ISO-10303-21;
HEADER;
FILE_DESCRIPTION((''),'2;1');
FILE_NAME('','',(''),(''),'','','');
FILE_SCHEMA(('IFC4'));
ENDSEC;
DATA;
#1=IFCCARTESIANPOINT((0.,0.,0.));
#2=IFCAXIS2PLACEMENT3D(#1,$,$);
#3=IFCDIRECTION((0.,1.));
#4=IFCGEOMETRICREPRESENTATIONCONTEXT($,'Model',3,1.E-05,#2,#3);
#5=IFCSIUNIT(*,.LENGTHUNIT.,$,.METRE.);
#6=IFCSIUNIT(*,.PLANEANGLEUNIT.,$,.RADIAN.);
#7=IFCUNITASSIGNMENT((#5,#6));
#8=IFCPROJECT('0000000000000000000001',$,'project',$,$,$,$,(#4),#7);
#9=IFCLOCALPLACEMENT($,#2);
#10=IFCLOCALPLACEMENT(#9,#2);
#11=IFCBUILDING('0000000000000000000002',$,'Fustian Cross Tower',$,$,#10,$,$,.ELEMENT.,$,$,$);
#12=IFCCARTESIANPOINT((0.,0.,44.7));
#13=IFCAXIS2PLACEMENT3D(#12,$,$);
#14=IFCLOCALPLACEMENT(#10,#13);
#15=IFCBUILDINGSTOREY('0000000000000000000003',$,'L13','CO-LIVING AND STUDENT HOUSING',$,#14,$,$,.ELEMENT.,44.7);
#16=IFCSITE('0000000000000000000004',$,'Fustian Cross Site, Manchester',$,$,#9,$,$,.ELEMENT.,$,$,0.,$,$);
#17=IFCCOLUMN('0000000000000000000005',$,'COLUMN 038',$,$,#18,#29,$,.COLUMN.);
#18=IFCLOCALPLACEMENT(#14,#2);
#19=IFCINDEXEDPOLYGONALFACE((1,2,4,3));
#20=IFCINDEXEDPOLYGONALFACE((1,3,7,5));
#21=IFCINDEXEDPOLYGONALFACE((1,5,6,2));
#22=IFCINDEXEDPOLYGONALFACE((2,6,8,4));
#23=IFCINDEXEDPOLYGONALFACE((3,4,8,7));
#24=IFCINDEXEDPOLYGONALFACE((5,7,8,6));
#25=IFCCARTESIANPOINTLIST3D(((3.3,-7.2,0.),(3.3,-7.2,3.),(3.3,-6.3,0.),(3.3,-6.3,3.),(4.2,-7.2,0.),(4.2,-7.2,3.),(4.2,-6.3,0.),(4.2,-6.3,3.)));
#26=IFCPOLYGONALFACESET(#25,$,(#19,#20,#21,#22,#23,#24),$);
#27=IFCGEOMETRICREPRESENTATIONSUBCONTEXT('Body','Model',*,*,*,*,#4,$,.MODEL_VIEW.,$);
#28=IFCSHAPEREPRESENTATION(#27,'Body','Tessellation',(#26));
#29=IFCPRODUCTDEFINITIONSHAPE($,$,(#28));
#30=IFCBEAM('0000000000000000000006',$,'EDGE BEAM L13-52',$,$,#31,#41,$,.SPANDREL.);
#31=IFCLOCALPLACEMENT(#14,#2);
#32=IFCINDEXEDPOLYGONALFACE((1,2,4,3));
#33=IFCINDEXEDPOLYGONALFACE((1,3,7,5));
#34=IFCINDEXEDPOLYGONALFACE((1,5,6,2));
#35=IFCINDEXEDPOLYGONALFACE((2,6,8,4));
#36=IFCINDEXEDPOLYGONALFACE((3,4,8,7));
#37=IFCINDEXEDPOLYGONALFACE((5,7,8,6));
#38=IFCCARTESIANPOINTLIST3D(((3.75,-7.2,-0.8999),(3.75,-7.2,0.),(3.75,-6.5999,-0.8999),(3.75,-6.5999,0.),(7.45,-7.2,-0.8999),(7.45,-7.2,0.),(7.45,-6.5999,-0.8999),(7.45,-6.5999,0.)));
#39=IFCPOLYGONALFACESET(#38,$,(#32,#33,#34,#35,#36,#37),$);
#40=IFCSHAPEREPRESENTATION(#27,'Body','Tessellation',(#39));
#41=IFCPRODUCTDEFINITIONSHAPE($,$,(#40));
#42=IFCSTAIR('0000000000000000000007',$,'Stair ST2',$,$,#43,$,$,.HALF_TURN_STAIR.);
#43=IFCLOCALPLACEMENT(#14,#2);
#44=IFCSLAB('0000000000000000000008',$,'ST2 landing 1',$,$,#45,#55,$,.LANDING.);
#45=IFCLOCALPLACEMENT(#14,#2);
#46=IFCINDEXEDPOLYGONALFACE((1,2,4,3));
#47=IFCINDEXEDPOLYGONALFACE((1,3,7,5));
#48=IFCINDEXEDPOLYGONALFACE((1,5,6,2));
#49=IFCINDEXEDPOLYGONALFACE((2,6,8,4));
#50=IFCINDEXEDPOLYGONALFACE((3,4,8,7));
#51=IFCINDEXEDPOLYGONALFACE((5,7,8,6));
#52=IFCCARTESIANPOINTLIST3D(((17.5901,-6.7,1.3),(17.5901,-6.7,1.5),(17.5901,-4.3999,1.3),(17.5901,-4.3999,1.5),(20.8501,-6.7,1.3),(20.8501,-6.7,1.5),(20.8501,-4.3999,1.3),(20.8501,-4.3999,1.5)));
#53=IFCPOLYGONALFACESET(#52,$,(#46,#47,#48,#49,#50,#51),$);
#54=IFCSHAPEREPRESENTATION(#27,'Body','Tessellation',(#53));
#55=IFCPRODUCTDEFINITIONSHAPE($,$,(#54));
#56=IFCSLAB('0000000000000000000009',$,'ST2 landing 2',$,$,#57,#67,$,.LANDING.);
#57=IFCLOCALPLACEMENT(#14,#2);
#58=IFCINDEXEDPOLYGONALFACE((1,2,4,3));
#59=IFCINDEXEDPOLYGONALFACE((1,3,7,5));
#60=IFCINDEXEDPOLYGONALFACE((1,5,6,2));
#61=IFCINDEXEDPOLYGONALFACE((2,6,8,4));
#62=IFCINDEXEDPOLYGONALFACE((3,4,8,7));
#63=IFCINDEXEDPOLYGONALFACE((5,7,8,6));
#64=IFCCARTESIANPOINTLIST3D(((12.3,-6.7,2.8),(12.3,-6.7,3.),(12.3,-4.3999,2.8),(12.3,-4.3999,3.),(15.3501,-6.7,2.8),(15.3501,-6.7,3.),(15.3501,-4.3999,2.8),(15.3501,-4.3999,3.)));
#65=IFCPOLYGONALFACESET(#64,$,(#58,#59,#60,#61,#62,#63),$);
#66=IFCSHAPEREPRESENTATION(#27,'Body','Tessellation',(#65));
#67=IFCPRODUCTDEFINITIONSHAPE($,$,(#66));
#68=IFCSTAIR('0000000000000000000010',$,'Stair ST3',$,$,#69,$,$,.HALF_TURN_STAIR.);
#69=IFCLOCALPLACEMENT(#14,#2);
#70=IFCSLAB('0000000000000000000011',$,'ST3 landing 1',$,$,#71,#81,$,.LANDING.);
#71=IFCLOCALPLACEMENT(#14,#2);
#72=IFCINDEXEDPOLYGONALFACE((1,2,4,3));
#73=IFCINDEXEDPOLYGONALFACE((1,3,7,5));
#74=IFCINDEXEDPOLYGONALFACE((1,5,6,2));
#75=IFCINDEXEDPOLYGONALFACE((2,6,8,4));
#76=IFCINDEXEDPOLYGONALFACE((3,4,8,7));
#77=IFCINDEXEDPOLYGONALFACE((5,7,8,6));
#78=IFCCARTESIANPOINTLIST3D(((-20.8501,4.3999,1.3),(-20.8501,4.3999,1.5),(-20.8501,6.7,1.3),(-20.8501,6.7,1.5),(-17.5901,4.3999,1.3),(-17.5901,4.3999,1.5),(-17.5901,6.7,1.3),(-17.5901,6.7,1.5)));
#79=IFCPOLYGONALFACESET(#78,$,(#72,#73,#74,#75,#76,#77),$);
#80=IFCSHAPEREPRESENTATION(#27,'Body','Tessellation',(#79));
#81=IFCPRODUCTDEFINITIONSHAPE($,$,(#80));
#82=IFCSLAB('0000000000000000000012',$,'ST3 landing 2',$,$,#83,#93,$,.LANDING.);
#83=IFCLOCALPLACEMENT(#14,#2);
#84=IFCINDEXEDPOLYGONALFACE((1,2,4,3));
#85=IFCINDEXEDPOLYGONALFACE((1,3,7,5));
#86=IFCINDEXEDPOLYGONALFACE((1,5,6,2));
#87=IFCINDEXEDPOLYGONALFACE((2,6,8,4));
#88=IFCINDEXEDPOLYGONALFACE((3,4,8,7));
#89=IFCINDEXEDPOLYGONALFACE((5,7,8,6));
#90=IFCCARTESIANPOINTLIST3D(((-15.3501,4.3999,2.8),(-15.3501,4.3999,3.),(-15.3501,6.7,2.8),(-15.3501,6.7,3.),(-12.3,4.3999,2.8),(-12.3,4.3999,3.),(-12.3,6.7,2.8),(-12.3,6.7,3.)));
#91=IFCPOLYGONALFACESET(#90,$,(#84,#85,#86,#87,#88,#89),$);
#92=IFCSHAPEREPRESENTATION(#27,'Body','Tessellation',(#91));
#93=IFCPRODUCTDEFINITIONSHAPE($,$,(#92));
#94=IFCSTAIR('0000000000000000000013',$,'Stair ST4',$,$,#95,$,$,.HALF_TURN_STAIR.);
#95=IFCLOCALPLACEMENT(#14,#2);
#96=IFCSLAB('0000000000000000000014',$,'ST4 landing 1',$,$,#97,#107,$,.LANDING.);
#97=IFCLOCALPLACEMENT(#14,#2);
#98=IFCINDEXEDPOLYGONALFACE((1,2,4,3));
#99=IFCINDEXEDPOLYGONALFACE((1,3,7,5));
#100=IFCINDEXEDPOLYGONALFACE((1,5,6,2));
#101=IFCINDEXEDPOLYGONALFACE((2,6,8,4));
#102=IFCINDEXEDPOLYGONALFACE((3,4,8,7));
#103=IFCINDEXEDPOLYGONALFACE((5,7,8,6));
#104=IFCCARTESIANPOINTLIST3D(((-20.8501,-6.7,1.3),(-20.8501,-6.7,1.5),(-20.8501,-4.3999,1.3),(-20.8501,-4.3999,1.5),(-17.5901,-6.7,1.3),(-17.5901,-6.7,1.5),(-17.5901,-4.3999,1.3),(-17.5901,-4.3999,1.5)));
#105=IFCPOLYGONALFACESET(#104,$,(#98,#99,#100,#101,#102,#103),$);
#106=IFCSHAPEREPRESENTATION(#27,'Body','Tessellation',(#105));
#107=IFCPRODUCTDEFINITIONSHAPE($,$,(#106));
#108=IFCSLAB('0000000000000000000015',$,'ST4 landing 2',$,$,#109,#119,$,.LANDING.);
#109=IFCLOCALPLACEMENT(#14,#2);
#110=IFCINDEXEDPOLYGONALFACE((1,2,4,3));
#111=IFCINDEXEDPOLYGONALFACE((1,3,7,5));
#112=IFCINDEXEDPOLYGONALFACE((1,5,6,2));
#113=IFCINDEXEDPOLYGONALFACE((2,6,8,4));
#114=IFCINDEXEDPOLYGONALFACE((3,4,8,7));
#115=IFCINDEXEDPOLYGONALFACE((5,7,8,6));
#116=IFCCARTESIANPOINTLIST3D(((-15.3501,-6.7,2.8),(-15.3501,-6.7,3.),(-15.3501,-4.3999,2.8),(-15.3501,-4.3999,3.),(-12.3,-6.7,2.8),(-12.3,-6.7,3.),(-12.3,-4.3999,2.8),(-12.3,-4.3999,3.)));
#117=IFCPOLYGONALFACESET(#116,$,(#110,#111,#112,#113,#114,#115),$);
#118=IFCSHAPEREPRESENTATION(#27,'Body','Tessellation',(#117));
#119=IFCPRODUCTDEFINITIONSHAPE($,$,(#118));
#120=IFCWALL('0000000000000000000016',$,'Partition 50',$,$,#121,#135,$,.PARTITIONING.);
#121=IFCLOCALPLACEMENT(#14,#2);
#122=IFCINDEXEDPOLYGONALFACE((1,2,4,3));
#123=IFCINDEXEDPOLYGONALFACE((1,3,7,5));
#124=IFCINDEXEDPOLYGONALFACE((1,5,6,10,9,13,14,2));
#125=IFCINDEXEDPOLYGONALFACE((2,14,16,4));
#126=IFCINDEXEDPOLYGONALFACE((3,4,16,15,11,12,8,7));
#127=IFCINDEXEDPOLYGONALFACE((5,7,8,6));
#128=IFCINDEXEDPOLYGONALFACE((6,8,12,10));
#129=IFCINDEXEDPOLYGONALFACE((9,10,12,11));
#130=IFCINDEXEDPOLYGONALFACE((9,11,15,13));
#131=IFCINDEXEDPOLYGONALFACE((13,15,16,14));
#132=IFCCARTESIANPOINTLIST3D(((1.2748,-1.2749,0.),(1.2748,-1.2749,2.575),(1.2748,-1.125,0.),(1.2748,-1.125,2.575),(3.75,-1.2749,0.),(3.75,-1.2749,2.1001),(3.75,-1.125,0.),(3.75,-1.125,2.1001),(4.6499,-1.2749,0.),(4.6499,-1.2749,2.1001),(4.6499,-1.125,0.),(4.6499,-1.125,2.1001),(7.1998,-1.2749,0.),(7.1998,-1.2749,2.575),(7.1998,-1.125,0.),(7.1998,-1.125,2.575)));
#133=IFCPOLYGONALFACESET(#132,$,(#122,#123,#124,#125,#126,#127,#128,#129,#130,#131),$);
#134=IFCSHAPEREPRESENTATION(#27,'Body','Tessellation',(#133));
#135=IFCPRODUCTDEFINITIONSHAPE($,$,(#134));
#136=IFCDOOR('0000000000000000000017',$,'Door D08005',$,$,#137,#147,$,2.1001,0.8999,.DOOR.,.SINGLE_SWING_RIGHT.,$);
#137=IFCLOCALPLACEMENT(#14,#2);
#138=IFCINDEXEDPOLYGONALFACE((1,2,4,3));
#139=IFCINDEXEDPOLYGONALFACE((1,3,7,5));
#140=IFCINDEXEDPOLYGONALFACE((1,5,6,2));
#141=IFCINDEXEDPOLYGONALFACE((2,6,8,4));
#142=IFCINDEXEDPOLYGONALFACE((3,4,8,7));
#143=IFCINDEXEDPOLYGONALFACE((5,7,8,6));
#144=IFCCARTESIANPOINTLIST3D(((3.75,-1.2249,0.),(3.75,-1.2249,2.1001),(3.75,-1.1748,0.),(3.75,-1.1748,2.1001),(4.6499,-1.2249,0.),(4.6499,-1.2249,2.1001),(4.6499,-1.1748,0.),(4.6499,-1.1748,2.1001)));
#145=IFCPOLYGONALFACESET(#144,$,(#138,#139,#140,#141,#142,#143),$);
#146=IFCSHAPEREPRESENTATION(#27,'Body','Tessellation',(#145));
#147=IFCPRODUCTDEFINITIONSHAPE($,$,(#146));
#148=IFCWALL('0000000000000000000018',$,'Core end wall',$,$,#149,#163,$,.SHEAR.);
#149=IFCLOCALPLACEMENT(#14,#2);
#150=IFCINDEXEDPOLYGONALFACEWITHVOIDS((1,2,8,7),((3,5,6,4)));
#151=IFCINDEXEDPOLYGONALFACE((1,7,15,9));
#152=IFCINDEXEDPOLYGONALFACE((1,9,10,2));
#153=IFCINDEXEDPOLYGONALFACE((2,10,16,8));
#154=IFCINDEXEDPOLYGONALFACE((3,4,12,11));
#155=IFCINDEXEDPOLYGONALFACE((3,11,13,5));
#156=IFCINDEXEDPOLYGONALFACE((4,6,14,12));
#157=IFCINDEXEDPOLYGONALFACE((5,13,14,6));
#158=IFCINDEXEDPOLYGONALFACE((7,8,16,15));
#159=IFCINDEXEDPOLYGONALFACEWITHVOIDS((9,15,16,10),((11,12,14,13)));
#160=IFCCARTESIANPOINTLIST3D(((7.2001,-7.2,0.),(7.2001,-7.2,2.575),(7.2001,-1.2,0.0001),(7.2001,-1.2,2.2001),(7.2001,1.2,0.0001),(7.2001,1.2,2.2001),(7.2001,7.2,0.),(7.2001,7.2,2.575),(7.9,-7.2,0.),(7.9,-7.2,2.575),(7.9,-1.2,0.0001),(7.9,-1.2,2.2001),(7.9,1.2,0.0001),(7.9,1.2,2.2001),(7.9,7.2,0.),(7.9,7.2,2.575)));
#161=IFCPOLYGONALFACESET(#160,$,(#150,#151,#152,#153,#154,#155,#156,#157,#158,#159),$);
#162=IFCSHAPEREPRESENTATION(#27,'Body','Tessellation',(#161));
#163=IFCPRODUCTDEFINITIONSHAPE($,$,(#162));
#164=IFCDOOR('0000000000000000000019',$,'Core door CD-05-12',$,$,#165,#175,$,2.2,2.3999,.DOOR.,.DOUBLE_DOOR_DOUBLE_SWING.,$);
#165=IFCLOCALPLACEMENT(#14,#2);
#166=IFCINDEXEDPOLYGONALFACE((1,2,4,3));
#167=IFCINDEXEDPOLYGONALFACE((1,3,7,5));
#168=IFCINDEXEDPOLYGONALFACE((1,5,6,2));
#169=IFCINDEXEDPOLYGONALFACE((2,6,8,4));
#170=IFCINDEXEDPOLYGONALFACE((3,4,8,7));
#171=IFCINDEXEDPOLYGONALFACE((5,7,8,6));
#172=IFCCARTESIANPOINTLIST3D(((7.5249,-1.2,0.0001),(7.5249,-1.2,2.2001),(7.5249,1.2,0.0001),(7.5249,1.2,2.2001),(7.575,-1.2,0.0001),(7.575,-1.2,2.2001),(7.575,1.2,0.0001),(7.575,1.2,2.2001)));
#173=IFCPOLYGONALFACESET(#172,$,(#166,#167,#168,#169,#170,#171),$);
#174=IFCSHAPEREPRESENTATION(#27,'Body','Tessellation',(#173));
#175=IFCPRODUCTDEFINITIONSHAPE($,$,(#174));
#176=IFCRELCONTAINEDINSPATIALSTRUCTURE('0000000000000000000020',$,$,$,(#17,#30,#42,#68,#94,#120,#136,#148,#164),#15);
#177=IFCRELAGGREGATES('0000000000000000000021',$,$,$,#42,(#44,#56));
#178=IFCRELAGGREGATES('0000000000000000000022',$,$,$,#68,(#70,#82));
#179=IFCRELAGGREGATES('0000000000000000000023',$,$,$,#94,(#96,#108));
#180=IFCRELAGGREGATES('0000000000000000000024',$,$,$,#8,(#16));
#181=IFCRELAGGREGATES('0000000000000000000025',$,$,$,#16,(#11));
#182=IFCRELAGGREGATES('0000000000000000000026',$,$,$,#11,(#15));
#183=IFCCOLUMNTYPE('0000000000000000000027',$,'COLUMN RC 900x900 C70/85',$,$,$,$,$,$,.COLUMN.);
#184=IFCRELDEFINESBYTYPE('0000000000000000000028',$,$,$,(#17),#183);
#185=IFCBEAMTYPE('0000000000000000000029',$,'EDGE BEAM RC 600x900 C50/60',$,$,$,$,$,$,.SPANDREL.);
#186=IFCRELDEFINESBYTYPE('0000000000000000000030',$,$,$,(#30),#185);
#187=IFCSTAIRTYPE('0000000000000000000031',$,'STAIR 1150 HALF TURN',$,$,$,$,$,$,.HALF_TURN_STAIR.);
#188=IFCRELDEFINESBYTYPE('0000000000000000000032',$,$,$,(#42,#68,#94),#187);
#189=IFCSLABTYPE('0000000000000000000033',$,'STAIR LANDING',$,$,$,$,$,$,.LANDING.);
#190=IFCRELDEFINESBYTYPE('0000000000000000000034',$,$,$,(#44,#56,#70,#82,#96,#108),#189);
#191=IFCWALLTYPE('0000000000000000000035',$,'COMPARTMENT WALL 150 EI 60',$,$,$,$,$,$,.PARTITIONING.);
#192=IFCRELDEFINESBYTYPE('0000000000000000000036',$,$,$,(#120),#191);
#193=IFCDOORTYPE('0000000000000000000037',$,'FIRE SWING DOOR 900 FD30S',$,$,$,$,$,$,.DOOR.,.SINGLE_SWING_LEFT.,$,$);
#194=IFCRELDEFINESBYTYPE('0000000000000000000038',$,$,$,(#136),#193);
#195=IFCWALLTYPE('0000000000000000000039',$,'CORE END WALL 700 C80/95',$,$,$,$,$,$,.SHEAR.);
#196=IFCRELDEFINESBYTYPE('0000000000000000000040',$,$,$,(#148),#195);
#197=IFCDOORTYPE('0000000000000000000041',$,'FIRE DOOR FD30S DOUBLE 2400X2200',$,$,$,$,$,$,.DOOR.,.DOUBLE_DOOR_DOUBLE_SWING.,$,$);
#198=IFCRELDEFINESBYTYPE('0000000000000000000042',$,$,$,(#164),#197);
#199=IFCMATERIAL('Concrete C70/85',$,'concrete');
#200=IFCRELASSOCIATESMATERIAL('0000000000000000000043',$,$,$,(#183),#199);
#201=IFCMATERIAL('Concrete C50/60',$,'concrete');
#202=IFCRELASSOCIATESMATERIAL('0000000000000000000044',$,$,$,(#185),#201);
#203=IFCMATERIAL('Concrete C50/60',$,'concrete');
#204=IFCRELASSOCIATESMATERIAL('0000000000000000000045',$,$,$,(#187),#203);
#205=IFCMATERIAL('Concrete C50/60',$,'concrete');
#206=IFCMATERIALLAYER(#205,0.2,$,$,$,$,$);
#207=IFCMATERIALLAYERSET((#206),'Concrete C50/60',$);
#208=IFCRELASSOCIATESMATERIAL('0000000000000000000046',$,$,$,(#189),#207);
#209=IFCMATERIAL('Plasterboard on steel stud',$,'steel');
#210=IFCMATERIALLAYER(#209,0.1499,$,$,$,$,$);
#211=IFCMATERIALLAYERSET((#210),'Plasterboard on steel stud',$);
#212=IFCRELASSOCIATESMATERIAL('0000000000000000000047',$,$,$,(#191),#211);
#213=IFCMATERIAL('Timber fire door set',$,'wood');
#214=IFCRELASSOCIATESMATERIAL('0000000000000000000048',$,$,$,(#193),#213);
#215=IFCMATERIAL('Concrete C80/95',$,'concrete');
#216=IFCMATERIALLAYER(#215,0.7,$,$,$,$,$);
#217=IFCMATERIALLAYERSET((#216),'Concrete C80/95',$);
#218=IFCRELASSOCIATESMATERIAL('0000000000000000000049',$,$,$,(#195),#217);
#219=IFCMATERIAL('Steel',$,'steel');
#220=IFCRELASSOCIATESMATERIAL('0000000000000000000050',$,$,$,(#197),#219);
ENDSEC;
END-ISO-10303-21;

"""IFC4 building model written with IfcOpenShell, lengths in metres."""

from ifc_helpers import new_model, si_unit, direction, frame, frame_2d, origin, origin_2d, place, context, subcontext, project, spatial, polyline, rectangle, outline, extrude, material, layer, layer_set, material_profile, profile_set, type_object, element, fill, aggregate, save


model = new_model("IFC4")

# Units and contexts
model_context = context("Model", 3, precision=1e-05, world=origin(), true_north=direction((0.0, 1.0)))
body_context = subcontext(model_context, "Body", "Model", "MODEL_VIEW")
ifc_project = project(units=[si_unit("LENGTHUNIT", "METRE"), si_unit("PLANEANGLEUNIT", "RADIAN")], contexts=[model_context])

# Site, building, storey
site_placement = place(None, origin())
site = spatial("IfcSite", under=ifc_project, at=site_placement, Name="Fustian Cross Site, Manchester", CompositionType="ELEMENT", RefElevation=0.0)
building_placement = place(site_placement, origin())
building = spatial("IfcBuilding", under=site, at=building_placement, Name="Fustian Cross Tower", CompositionType="ELEMENT")
storey_placement = place(building_placement, frame((0.0, 0.0, 44.7)))
storey = spatial("IfcBuildingStorey", under=building, at=storey_placement, Name="L13", Description="CO-LIVING AND STUDENT HOUSING", CompositionType="ELEMENT", Elevation=44.7)

# Column
ifc_material_1 = material(Name="Concrete C70/85", Category="concrete")
ifc_material_profile_1 = material_profile(ifc_material_1, rectangle(XDim=0.8999, YDim=0.8999, at=origin_2d()), Name="RC 900x900")
ifc_profile_set_1 = profile_set([ifc_material_profile_1], Name="Concrete C70/85")
column_type = type_object("IfcColumnType", Name="COLUMN RC 900x900 C70/85", PredefinedType="COLUMN", material=ifc_profile_set_1)
column_placement = place(storey_placement, frame((3.75, -6.75, 0.0), z_axis=(0.0, 0.0, 1.0), x_axis=(1.0, 0.0, 0.0)))
element("IfcColumn", 1, at=column_placement, inside=storey, type_object=column_type, Name="COLUMN 038", PredefinedType="COLUMN", context=body_context, shape_type="SweptSolid", body=[
    extrude(rectangle(XDim=0.8999, YDim=0.8999, at=origin_2d()), origin(), (0.0, 0.0, 1.0), 3.0),
])

# Beam
ifc_material_2 = material(Name="Concrete C50/60", Category="concrete")
ifc_material_profile_2 = material_profile(ifc_material_2, rectangle(XDim=0.6001, YDim=0.8999, at=origin_2d()), Name="RC 600x900")
ifc_profile_set_2 = profile_set([ifc_material_profile_2], Name="Concrete C50/60")
beam_type = type_object("IfcBeamType", Name="EDGE BEAM RC 600x900 C50/60", PredefinedType="SPANDREL", material=ifc_profile_set_2)
beam_placement = place(storey_placement, frame((3.75, -6.8999, -0.45), z_axis=(1.0, 0.0, 0.0), x_axis=(0.0, 1.0, 0.0)))
element("IfcBeam", 2, at=beam_placement, inside=storey, type_object=beam_type, Name="EDGE BEAM L13-52", PredefinedType="SPANDREL", context=body_context, shape_type="SweptSolid", body=[
    extrude(rectangle(XDim=0.6001, YDim=0.8999, at=origin_2d()), origin(), (0.0, 0.0, 1.0), 3.7),
])

# Stairs, slabs
ifc_material_3 = material(Name="Concrete C50/60", Category="concrete")
stair_type = type_object("IfcStairType", Name="STAIR 1150 HALF TURN", PredefinedType="HALF_TURN_STAIR", material=ifc_material_3)
stair_1_placement = place(storey_placement, origin())
stair_1 = element("IfcStair", 3, at=stair_1_placement, inside=storey, type_object=stair_type, Name="Stair ST2", PredefinedType="HALF_TURN_STAIR")
ifc_material_4 = material(Name="Concrete C50/60", Category="concrete")
ifc_layer_1 = layer(ifc_material_4, 0.2)
ifc_layer_set_1 = layer_set([ifc_layer_1], Name="Concrete C50/60")
slab_type = type_object("IfcSlabType", Name="STAIR LANDING", PredefinedType="LANDING", material=ifc_layer_set_1)
slab_1_placement = place(storey_placement, frame((0.0, 0.0, 1.3)))
slab_1 = element("IfcSlab", 4, at=slab_1_placement, type_object=slab_type, Name="ST2 landing 1", PredefinedType="LANDING", context=body_context, shape_type="SweptSolid", body=[
    extrude(outline(polyline([(17.5901, -4.3999), (20.8501, -4.3999), (20.8501, -6.7), (17.5901, -6.7), (17.5901, -4.3999)])), origin(), (0.0, 0.0, 1.0), 0.2),
])
slab_2_placement = place(storey_placement, frame((0.0, 0.0, 2.8)))
slab_2 = element("IfcSlab", 5, at=slab_2_placement, type_object=slab_type, Name="ST2 landing 2", PredefinedType="LANDING", context=body_context, shape_type="SweptSolid", body=[
    extrude(outline(polyline([(12.3, -4.3999), (15.3501, -4.3999), (15.3501, -6.7), (12.3, -6.7), (12.3, -4.3999)])), origin(), (0.0, 0.0, 1.0), 0.2),
])
aggregate(stair_1, [slab_1, slab_2])
stair_2_placement = place(storey_placement, origin())
stair_2 = element("IfcStair", 6, at=stair_2_placement, inside=storey, type_object=stair_type, Name="Stair ST3", PredefinedType="HALF_TURN_STAIR")
slab_3_placement = place(storey_placement, frame((0.0, 0.0, 1.3)))
slab_3 = element("IfcSlab", 7, at=slab_3_placement, type_object=slab_type, Name="ST3 landing 1", PredefinedType="LANDING", context=body_context, shape_type="SweptSolid", body=[
    extrude(outline(polyline([(-17.5901, 4.3999), (-20.8501, 4.3999), (-20.8501, 6.7), (-17.5901, 6.7), (-17.5901, 4.3999)])), origin(), (0.0, 0.0, 1.0), 0.2),
])
slab_4_placement = place(storey_placement, frame((0.0, 0.0, 2.8)))
slab_4 = element("IfcSlab", 8, at=slab_4_placement, type_object=slab_type, Name="ST3 landing 2", PredefinedType="LANDING", context=body_context, shape_type="SweptSolid", body=[
    extrude(outline(polyline([(-12.3, 4.3999), (-15.3501, 4.3999), (-15.3501, 6.7), (-12.3, 6.7), (-12.3, 4.3999)])), origin(), (0.0, 0.0, 1.0), 0.2),
])
aggregate(stair_2, [slab_3, slab_4])
stair_3_placement = place(storey_placement, origin())
stair_3 = element("IfcStair", 9, at=stair_3_placement, inside=storey, type_object=stair_type, Name="Stair ST4", PredefinedType="HALF_TURN_STAIR")
slab_5_placement = place(storey_placement, frame((0.0, 0.0, 1.3)))
slab_5 = element("IfcSlab", 10, at=slab_5_placement, type_object=slab_type, Name="ST4 landing 1", PredefinedType="LANDING", context=body_context, shape_type="SweptSolid", body=[
    extrude(outline(polyline([(-17.5901, -4.3999), (-20.8501, -4.3999), (-20.8501, -6.7), (-17.5901, -6.7), (-17.5901, -4.3999)])), origin(), (0.0, 0.0, 1.0), 0.2),
])
slab_6_placement = place(storey_placement, frame((0.0, 0.0, 2.8)))
slab_6 = element("IfcSlab", 11, at=slab_6_placement, type_object=slab_type, Name="ST4 landing 2", PredefinedType="LANDING", context=body_context, shape_type="SweptSolid", body=[
    extrude(outline(polyline([(-12.3, -4.3999), (-15.3501, -4.3999), (-15.3501, -6.7), (-12.3, -6.7), (-12.3, -4.3999)])), origin(), (0.0, 0.0, 1.0), 0.2),
])
aggregate(stair_3, [slab_5, slab_6])

# Walls, openings, doors
ifc_material_5 = material(Name="Plasterboard on steel stud", Category="steel")
ifc_layer_2 = layer(ifc_material_5, 0.1499)
ifc_layer_set_2 = layer_set([ifc_layer_2], Name="Plasterboard on steel stud")
wall_type_1 = type_object("IfcWallType", Name="COMPARTMENT WALL 150 EI 60", PredefinedType="PARTITIONING", material=ifc_layer_set_2)
wall_1_placement = place(storey_placement, frame((1.2749, -1.2, 0.0), z_axis=(0.0, 0.0, 1.0), x_axis=(1.0, 0.0, 0.0)))
wall_1 = element("IfcWall", 12, at=wall_1_placement, inside=storey, type_object=wall_type_1, Name="Partition 50", PredefinedType="PARTITIONING", context=body_context, shape_type="SweptSolid", body=[
    extrude(rectangle(XDim=5.925, YDim=0.1499, at=frame_2d((2.9624, 0.0))), origin(), (0.0, 0.0, 1.0), 2.575),
])
opening_1_placement = place(wall_1_placement, frame((2.4751, 0.0, 0.0)))
opening_1 = element("IfcOpeningElement", 13, at=opening_1_placement, cuts=wall_1, PredefinedType="OPENING", context=body_context, shape_type="SweptSolid", body=[
    extrude(rectangle(XDim=0.8999, YDim=2.1001, at=frame_2d((0.45, 1.05))), frame((0.0, 0.085, 0.0), z_axis=(0.0, -1.0, 0.0), x_axis=(1.0, 0.0, 0.0)), (0.0, 0.0, 1.0), 0.1699),
])
ifc_material_6 = material(Name="Timber fire door set", Category="wood")
door_type_1 = type_object("IfcDoorType", Name="FIRE SWING DOOR 900 FD30S", OperationType="SINGLE_SWING_LEFT", PredefinedType="DOOR", material=ifc_material_6)
door_1_placement = place(opening_1_placement, frame((0.8999, 0.0, 0.0), z_axis=(0.0, 0.0, 1.0), x_axis=(-1.0, 0.0, 0.0)))
door_1 = element("IfcDoor", 14, at=door_1_placement, inside=storey, type_object=door_type_1, Name="Door D08005", OperationType="SINGLE_SWING_RIGHT", OverallHeight=2.1001, OverallWidth=0.8999, PredefinedType="DOOR", context=body_context, shape_type="SweptSolid", body=[
    extrude(rectangle(XDim=0.8999, YDim=2.1001, at=frame_2d((0.45, 1.05))), frame((0.0, 0.0249, 0.0), z_axis=(0.0, -1.0, 0.0), x_axis=(1.0, 0.0, 0.0)), (0.0, 0.0, 1.0), 0.05),
])
fill(opening_1, door_1)
ifc_material_7 = material(Name="Concrete C80/95", Category="concrete")
ifc_layer_3 = layer(ifc_material_7, 0.7)
ifc_layer_set_3 = layer_set([ifc_layer_3], Name="Concrete C80/95")
wall_type_2 = type_object("IfcWallType", Name="CORE END WALL 700 C80/95", PredefinedType="SHEAR", material=ifc_layer_set_3)
wall_2_placement = place(storey_placement, frame((7.55, -7.2, 0.0), z_axis=(0.0, 0.0, 1.0), x_axis=(0.0, 1.0, 0.0)))
wall_2 = element("IfcWall", 15, at=wall_2_placement, inside=storey, type_object=wall_type_2, Name="Core end wall", PredefinedType="SHEAR", context=body_context, shape_type="SweptSolid", body=[
    extrude(rectangle(XDim=14.3999, YDim=0.7, at=frame_2d((7.2, 0.0))), origin(), (0.0, 0.0, 1.0), 2.575),
])
opening_2_placement = place(wall_2_placement, frame((6.0, 0.0, 0.0)))
opening_2 = element("IfcOpeningElement", 16, at=opening_2_placement, cuts=wall_2, PredefinedType="OPENING", context=body_context, shape_type="SweptSolid", body=[
    extrude(rectangle(XDim=2.3999, YDim=2.2, at=frame_2d((1.2, 1.1001))), frame((0.0, 0.3599, 0.0), z_axis=(0.0, -1.0, 0.0), x_axis=(1.0, 0.0, 0.0)), (0.0, 0.0, 1.0), 0.72),
])
ifc_material_8 = material(Name="Steel", Category="steel")
door_type_2 = type_object("IfcDoorType", Name="FIRE DOOR FD30S DOUBLE 2400X2200", OperationType="DOUBLE_DOOR_DOUBLE_SWING", PredefinedType="DOOR", material=ifc_material_8)
door_2_placement = place(opening_2_placement, frame((2.3999, 0.0, 0.0), z_axis=(0.0, 0.0, 1.0), x_axis=(-1.0, 0.0, 0.0)))
door_2 = element("IfcDoor", 17, at=door_2_placement, inside=storey, type_object=door_type_2, Name="Core door CD-05-12", OperationType="DOUBLE_DOOR_DOUBLE_SWING", OverallHeight=2.2, OverallWidth=2.3999, PredefinedType="DOOR", context=body_context, shape_type="SweptSolid", body=[
    extrude(rectangle(XDim=2.3999, YDim=2.2, at=frame_2d((1.2, 1.1001))), frame((0.0, 0.0249, 0.0), z_axis=(0.0, -1.0, 0.0), x_axis=(1.0, 0.0, 0.0)), (0.0, 0.0, 1.0), 0.05),
])
fill(opening_2, door_2)

save(model, "model.ifc")
